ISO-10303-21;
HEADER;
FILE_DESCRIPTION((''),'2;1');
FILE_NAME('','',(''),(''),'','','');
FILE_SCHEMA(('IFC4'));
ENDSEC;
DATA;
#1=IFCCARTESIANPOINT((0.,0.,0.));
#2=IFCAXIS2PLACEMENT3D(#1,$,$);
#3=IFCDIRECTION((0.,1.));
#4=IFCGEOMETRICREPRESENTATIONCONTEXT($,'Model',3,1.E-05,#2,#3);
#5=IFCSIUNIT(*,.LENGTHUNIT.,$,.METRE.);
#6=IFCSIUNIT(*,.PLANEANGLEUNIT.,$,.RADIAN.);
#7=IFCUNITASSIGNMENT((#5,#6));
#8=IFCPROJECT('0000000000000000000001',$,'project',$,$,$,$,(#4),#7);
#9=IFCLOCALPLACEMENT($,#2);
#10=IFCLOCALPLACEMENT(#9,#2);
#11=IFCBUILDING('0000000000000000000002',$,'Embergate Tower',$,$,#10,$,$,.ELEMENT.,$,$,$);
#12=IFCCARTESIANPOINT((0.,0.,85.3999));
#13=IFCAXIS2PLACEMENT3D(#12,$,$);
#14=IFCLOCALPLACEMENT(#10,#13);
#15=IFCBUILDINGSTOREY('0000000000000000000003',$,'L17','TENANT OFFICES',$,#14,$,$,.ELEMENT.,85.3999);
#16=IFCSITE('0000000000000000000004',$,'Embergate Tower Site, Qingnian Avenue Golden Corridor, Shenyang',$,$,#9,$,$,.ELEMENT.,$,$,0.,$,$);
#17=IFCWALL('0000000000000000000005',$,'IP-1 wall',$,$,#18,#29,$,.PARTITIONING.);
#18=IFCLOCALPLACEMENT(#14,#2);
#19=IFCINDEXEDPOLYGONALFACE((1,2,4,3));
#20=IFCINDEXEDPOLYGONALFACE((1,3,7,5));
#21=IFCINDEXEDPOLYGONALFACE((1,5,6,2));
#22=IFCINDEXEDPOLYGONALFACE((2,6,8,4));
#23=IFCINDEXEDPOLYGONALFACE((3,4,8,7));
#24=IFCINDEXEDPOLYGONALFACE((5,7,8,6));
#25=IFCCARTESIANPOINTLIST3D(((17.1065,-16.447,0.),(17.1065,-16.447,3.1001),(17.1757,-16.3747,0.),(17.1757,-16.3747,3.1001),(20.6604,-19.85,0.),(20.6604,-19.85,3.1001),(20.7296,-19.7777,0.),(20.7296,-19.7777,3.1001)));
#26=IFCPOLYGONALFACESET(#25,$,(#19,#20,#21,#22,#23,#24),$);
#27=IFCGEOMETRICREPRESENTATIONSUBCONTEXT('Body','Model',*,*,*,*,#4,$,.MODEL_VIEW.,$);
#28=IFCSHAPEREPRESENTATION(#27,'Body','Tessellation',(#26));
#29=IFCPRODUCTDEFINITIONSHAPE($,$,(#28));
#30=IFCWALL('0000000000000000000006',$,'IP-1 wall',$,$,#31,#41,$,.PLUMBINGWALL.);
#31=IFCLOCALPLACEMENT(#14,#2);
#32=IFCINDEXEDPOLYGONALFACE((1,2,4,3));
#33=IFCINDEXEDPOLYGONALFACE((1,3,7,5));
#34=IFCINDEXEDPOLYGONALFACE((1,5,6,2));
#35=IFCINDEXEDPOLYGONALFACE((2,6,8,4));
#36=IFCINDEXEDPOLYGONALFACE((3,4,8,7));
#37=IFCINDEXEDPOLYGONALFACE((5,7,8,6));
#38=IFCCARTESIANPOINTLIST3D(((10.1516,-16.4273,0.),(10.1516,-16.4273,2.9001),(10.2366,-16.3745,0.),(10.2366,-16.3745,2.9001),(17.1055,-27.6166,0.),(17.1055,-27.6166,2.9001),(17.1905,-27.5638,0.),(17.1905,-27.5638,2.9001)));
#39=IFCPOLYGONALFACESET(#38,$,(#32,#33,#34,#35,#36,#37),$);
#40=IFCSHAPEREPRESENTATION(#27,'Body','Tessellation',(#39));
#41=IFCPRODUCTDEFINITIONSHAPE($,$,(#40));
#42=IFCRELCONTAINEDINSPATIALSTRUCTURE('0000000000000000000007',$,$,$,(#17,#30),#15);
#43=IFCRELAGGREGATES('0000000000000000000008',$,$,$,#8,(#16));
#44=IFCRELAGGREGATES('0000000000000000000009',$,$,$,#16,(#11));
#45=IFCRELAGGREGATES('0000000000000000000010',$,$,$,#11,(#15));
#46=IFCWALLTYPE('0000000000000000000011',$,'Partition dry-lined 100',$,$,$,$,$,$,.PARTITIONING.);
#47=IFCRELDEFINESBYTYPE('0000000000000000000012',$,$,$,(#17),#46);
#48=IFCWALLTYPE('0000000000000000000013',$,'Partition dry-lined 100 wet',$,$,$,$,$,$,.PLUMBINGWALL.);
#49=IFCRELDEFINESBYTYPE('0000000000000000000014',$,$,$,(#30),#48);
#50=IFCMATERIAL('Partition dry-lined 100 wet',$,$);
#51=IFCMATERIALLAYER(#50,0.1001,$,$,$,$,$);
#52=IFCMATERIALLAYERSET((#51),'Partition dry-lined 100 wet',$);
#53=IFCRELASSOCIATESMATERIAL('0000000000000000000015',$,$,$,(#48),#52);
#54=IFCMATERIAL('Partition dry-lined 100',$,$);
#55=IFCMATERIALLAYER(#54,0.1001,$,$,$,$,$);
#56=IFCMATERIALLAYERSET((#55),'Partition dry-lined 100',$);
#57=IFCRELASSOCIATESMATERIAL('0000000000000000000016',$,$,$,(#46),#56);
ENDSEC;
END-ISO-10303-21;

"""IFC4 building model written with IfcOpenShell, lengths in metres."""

from ifc_helpers import new_model, si_unit, direction, frame, frame_2d, origin, place, context, subcontext, project, spatial, rectangle, extrude, source, transform, mapped, material, layer, layer_set, type_object, element, save


model = new_model("IFC4")

# Units and contexts
model_context = context("Model", 3, precision=1e-05, world=origin(), true_north=direction((0.0, 1.0)))
body_context = subcontext(model_context, "Body", "Model", "MODEL_VIEW")
ifc_project = project(units=[si_unit("LENGTHUNIT", "METRE"), si_unit("PLANEANGLEUNIT", "RADIAN")], contexts=[model_context])

# Site, building, storey
site_placement = place(None, origin())
site = spatial("IfcSite", under=ifc_project, at=site_placement, Name="Embergate Tower Site, Qingnian Avenue Golden Corridor, Shenyang", CompositionType="ELEMENT", RefElevation=0.0)
building_placement = place(site_placement, origin())
building = spatial("IfcBuilding", under=site, at=building_placement, Name="Embergate Tower", CompositionType="ELEMENT")
storey_placement = place(building_placement, frame((0.0, 0.0, 85.3999)))
storey = spatial("IfcBuildingStorey", under=building, at=storey_placement, Name="L17", Description="TENANT OFFICES", CompositionType="ELEMENT", Elevation=85.3999)

# Shared definitions
ifc_material_1 = material(Name="Partition dry-lined 100 wet")
ifc_layer_1 = layer(ifc_material_1, 0.1001)
ifc_layer_set_1 = layer_set([ifc_layer_1], Name="Partition dry-lined 100 wet")
wall_type_1 = type_object("IfcWallType", Name="Partition dry-lined 100 wet", PredefinedType="PLUMBINGWALL", material=ifc_layer_set_1)

# Walls
ifc_material_2 = material(Name="Partition dry-lined 100")
ifc_layer_2 = layer(ifc_material_2, 0.1001)
ifc_layer_set_2 = layer_set([ifc_layer_2], Name="Partition dry-lined 100")
wall_type_2 = type_object("IfcWallType", Name="Partition dry-lined 100", PredefinedType="PARTITIONING", material=ifc_layer_set_2)
shared_shape_1 = source(origin(), body_context, "Body", "SweptSolid", [
    extrude(rectangle(XDim=4.9204, YDim=0.1001, at=frame_2d((2.4602, 0.0))), origin(), (0.0, 0.0, 1.0), 3.1001),
])
wall_1_placement = place(storey_placement, frame((17.1411, -16.4109, 0.0), z_axis=(0.0, 0.0, 1.0), x_axis=(0.722272, -0.691609, 0.0)))
element("IfcWall", 1, at=wall_1_placement, inside=storey, type_object=wall_type_2, Name="IP-1 wall", PredefinedType="PARTITIONING", context=body_context, shape_type="MappedRepresentation", body=[
    mapped(shared_shape_1, transform((0.0, 0.0, 0.0))),
])
shared_shape_2 = source(origin(), body_context, "Body", "SweptSolid", [
    extrude(rectangle(XDim=13.1741, YDim=0.1001, at=frame_2d((6.5869, 0.0))), origin(), (0.0, 0.0, 1.0), 2.9001),
])
wall_2_placement = place(storey_placement, frame((17.1479, -27.5901, 0.0), z_axis=(0.0, 0.0, 1.0), x_axis=(-0.527847, 0.84934, 0.0)))
element("IfcWall", 2, at=wall_2_placement, inside=storey, type_object=wall_type_1, Name="IP-1 wall", PredefinedType="PLUMBINGWALL", context=body_context, shape_type="MappedRepresentation", body=[
    mapped(shared_shape_2, transform((0.0, 0.0, 0.0))),
])

save(model, "model.ifc")
